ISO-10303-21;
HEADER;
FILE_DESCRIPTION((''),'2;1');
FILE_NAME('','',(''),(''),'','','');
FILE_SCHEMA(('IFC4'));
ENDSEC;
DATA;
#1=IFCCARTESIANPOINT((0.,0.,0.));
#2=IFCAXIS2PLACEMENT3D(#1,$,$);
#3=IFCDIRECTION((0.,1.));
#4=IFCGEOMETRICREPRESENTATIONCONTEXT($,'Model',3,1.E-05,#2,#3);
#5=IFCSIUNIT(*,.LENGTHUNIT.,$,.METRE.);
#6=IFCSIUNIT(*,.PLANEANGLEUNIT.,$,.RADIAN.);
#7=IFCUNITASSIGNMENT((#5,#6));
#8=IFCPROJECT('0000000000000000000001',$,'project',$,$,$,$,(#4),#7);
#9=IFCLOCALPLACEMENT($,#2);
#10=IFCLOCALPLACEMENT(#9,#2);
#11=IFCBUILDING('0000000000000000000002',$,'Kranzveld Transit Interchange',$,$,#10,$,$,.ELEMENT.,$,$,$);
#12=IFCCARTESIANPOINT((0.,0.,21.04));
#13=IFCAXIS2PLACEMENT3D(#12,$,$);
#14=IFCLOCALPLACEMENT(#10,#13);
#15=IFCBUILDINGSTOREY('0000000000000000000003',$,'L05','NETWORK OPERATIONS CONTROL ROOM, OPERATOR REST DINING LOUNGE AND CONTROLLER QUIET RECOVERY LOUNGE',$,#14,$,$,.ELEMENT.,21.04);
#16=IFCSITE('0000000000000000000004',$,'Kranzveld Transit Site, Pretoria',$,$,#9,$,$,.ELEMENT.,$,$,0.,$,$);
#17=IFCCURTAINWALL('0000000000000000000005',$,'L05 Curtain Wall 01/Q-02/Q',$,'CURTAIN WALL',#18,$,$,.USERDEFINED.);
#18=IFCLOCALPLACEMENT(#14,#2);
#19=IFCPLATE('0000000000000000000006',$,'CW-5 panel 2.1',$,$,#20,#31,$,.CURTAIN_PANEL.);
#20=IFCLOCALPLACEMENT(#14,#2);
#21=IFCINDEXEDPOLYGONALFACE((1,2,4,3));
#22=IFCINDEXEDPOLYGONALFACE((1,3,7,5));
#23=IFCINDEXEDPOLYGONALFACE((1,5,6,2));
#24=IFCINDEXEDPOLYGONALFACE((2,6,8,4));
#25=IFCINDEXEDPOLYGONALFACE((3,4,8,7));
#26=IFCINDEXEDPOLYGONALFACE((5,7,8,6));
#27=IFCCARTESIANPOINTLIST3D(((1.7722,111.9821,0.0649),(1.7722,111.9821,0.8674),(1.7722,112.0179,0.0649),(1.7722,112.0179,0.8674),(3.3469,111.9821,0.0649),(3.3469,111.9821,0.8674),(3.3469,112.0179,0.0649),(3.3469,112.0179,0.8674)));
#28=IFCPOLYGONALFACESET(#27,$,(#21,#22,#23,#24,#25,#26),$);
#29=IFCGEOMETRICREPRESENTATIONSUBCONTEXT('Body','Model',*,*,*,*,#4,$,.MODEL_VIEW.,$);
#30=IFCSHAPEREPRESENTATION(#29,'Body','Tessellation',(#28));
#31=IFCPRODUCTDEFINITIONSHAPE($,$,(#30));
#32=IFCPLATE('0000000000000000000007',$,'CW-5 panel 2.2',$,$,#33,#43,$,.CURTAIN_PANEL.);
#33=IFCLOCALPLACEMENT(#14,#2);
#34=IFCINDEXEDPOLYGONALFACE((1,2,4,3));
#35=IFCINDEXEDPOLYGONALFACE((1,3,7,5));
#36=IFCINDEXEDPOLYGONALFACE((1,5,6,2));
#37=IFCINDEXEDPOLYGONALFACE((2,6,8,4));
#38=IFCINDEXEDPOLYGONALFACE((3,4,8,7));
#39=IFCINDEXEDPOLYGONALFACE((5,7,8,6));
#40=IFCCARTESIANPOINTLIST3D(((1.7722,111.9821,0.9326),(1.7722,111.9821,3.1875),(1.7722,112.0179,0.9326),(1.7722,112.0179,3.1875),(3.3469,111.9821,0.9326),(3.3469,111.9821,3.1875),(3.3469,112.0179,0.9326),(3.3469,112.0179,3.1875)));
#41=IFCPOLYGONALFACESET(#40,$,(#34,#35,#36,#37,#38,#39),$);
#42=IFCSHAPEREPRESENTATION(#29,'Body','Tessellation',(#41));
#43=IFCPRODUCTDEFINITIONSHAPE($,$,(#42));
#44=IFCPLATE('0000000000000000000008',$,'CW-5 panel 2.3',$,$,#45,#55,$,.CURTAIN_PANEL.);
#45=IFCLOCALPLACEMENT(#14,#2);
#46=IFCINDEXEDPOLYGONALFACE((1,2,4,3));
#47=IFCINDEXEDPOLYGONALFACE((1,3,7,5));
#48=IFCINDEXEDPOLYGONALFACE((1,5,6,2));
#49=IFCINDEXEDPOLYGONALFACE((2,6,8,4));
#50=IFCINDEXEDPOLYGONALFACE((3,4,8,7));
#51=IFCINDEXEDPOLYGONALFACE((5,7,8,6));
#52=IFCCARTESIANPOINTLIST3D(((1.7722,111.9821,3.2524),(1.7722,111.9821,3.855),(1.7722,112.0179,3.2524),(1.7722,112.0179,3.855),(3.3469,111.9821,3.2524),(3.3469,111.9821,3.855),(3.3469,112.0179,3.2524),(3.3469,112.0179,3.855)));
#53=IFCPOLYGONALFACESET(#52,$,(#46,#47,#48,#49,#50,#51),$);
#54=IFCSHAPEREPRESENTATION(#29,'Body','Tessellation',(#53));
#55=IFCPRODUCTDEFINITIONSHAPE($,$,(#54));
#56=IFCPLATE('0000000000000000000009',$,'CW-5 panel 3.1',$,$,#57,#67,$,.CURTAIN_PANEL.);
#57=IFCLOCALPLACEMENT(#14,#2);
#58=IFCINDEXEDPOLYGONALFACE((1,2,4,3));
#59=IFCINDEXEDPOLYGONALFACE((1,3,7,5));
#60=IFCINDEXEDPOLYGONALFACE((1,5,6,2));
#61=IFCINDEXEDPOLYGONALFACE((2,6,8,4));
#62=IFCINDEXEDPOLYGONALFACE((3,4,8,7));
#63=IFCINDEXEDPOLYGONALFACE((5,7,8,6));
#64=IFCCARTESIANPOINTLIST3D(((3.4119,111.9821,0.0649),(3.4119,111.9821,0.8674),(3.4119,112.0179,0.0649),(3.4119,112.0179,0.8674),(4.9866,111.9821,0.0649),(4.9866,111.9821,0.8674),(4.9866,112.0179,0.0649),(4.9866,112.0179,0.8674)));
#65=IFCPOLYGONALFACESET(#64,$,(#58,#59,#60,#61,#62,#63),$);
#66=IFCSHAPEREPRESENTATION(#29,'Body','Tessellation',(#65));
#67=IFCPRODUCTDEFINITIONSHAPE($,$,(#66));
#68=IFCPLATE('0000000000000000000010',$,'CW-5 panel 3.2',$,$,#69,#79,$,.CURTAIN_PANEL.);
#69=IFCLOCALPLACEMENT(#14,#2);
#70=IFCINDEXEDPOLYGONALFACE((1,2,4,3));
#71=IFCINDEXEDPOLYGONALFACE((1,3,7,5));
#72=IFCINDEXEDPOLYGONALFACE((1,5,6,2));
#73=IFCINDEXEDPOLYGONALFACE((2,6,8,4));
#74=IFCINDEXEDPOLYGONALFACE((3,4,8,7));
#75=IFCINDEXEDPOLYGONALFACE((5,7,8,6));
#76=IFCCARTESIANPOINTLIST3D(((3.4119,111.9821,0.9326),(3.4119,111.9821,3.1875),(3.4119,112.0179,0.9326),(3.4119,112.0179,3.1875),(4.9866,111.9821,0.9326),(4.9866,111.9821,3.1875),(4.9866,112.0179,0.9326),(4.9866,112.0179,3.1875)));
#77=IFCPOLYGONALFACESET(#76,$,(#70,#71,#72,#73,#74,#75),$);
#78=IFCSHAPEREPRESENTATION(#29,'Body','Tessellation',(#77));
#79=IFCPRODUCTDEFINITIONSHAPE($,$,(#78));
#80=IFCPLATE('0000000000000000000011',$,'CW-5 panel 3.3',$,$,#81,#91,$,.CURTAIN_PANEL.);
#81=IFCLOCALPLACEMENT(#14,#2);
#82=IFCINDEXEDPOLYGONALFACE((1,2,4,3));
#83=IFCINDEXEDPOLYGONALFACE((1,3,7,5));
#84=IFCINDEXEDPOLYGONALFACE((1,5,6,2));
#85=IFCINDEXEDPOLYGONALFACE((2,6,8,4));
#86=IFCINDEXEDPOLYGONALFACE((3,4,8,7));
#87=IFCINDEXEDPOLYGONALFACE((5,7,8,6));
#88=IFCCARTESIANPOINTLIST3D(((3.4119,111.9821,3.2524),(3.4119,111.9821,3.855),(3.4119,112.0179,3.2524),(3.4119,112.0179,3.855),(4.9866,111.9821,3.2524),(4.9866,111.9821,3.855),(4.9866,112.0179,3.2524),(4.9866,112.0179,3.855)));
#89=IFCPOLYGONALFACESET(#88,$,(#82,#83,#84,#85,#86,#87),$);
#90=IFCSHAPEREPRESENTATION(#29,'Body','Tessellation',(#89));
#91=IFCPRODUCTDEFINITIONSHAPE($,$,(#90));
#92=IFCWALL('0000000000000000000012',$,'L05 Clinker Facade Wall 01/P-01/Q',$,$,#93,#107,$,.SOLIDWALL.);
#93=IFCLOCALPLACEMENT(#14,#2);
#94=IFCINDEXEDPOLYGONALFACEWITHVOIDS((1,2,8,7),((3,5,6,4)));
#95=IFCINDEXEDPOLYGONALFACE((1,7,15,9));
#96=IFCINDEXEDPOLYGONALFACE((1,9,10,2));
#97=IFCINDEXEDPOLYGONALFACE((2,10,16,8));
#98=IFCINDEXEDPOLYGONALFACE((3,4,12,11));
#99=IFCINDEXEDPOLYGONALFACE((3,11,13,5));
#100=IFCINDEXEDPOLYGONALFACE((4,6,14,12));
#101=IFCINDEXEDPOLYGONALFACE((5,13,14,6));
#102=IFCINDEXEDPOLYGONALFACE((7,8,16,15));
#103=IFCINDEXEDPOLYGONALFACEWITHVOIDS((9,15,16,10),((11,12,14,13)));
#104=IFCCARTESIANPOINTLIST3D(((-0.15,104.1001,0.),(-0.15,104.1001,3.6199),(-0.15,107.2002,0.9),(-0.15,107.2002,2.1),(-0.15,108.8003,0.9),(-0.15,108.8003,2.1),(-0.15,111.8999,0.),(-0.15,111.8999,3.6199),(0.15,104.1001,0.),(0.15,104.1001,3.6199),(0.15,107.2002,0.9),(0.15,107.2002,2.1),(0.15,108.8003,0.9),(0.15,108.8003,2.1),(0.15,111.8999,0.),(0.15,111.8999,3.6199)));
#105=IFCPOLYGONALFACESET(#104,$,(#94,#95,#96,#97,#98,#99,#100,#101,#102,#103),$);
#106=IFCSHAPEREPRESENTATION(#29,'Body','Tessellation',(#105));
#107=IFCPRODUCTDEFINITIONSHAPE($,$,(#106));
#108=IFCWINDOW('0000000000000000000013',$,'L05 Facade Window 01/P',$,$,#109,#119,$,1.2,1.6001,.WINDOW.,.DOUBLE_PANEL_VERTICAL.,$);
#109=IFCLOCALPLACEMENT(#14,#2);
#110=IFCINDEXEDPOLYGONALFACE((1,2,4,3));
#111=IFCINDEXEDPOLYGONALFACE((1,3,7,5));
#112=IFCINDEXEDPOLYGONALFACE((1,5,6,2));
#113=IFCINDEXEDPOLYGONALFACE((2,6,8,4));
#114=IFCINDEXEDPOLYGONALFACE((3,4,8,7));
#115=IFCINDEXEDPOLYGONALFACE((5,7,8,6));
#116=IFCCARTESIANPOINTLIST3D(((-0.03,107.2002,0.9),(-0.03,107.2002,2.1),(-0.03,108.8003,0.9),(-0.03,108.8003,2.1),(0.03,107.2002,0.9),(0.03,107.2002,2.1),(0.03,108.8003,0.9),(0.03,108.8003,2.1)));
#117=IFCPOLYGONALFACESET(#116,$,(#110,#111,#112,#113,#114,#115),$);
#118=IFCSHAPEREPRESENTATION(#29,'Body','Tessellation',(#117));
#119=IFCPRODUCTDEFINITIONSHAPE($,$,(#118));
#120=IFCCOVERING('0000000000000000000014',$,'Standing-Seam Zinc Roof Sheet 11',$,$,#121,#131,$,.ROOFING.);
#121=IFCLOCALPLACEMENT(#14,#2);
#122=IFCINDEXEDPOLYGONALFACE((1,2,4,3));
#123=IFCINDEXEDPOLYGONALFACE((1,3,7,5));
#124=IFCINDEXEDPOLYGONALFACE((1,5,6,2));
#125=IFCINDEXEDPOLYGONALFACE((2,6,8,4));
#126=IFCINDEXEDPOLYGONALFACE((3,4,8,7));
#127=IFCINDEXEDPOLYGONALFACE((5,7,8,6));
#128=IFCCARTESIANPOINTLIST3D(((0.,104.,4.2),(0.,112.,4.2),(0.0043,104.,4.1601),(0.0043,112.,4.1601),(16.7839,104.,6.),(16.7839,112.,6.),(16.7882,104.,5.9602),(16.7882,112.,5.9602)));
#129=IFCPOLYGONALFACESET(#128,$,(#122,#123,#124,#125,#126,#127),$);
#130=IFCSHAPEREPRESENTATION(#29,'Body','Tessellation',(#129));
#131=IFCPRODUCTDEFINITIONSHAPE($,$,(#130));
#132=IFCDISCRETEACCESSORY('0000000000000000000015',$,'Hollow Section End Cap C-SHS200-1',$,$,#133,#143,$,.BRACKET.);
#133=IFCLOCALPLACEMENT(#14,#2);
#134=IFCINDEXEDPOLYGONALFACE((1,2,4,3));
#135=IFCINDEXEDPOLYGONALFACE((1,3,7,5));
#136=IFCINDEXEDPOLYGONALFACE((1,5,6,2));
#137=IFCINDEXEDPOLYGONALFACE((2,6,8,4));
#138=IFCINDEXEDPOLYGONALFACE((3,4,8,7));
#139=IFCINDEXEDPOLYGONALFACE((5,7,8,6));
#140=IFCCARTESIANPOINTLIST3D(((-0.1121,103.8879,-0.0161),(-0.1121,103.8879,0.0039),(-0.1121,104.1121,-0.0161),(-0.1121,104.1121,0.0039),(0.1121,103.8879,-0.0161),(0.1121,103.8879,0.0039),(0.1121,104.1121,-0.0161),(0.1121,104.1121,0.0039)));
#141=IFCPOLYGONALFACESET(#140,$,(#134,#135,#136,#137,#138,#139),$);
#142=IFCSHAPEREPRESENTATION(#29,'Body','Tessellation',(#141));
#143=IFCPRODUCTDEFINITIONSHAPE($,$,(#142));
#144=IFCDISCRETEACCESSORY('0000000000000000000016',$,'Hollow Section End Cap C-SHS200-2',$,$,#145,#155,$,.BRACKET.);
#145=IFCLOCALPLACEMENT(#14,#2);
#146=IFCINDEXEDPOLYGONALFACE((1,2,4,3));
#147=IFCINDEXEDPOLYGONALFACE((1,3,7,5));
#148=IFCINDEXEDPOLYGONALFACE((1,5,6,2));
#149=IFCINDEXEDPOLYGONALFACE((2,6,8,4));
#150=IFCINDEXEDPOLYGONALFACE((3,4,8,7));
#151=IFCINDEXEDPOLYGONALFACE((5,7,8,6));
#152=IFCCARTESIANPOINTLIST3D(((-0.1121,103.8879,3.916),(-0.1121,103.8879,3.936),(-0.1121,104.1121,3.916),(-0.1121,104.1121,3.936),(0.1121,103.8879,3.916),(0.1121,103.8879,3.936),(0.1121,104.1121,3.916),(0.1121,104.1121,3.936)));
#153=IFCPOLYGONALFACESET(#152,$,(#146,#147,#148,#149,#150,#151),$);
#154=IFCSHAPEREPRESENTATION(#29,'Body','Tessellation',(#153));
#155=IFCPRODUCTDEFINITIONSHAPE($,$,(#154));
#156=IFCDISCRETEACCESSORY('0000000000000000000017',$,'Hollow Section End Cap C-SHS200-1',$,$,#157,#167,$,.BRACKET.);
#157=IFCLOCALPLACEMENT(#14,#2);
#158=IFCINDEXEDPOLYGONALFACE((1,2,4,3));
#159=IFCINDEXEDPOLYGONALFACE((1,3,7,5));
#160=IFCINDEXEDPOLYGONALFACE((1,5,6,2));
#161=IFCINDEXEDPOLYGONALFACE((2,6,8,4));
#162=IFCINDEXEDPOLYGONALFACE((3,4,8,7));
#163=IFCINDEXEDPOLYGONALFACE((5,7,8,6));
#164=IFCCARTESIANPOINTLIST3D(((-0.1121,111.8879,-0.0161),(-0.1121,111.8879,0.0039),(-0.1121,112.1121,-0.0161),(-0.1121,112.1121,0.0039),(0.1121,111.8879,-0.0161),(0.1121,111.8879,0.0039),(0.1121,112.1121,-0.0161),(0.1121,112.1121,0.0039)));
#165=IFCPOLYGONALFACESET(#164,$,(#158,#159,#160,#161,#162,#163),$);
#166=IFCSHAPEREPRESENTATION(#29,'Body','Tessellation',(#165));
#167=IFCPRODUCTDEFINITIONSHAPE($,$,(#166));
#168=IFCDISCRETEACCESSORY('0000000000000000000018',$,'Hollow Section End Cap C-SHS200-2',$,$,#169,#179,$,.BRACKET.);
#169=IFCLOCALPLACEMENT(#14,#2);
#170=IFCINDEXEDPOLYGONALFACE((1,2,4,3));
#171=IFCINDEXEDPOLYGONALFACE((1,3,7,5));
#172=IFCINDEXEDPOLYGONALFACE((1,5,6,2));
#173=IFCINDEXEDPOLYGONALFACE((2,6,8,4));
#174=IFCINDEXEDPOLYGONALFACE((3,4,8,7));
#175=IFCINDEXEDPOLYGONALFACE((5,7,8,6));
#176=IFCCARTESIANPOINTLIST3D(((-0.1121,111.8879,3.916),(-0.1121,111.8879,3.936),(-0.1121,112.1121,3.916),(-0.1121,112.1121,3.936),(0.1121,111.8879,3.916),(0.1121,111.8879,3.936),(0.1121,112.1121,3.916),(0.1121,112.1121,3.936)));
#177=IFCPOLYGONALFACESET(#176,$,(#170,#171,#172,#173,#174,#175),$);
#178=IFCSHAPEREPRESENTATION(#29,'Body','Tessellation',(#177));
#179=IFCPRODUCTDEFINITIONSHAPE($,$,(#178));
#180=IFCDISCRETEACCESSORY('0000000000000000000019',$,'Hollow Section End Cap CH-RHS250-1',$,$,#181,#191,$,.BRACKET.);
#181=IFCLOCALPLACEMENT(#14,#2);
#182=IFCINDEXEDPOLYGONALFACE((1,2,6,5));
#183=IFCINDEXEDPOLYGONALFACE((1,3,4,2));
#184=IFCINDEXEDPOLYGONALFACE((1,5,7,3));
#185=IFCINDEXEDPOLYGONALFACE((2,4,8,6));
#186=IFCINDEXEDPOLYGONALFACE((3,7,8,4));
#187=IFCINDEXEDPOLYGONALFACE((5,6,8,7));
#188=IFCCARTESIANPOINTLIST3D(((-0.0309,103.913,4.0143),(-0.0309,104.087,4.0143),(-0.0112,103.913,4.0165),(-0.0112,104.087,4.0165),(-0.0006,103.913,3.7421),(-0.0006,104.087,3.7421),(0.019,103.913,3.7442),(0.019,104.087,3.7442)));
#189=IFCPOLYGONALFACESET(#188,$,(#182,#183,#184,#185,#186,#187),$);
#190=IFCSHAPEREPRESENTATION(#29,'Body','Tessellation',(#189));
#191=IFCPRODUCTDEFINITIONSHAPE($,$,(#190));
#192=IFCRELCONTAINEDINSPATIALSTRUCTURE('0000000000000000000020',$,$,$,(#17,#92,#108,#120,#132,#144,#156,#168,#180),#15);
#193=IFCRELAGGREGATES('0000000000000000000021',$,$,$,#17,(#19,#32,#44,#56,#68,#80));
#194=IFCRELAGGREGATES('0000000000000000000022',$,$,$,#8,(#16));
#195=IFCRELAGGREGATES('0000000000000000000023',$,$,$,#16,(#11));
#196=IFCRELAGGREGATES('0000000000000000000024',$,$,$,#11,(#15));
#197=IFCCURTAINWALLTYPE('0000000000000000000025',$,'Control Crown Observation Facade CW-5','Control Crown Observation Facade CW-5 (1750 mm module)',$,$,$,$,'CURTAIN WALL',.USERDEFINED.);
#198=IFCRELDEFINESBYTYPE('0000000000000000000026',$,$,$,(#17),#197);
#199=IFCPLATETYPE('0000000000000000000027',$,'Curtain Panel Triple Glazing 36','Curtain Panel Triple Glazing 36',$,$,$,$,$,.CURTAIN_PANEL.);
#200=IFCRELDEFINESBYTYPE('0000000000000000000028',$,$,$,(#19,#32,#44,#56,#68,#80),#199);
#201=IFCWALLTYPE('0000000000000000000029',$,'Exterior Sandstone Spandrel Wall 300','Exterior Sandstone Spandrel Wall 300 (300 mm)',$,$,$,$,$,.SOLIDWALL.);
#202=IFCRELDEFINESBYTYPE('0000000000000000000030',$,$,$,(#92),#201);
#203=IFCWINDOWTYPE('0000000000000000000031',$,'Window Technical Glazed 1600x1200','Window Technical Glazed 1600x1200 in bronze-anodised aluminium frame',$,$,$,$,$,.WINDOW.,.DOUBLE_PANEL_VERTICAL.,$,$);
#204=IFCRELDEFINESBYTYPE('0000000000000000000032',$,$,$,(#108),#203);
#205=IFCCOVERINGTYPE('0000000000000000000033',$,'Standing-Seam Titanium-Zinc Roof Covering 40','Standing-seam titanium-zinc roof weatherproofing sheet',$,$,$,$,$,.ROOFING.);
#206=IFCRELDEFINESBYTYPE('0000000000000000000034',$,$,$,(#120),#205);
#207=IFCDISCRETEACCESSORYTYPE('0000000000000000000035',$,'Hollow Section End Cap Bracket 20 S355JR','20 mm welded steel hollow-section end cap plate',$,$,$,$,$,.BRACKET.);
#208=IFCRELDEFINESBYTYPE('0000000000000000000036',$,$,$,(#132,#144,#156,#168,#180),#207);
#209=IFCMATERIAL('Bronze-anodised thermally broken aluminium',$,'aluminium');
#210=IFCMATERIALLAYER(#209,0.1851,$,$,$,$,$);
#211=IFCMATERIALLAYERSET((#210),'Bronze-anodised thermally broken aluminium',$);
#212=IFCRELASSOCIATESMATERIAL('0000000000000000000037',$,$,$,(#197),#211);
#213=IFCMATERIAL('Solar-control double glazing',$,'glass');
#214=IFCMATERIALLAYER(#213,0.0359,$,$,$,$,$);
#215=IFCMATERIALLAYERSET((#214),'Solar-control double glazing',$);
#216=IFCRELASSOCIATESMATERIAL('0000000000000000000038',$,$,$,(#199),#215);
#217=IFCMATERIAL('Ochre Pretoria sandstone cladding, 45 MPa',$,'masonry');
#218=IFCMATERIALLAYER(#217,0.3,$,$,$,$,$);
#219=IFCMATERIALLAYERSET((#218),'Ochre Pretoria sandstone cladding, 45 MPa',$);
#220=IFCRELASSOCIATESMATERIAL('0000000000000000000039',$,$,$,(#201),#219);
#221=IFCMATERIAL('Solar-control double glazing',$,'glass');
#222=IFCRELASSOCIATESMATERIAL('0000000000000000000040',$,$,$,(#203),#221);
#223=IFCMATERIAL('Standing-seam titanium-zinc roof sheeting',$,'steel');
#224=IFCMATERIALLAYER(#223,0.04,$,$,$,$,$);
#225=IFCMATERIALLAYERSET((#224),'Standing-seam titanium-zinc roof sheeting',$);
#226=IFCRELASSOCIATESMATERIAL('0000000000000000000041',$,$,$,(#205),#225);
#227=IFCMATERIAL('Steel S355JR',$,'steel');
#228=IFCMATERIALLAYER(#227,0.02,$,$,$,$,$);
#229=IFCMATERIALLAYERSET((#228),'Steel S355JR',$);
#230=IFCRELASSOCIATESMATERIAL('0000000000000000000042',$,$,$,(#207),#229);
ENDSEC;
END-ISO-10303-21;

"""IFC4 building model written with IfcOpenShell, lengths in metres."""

from ifc_helpers import new_model, si_unit, direction, frame, frame_2d, origin, origin_2d, place, context, subcontext, project, spatial, polyline, rectangle, outline, extrude, material, layer, layer_set, type_object, element, fill, aggregate, save


model = new_model("IFC4")

# Units and contexts
model_context = context("Model", 3, precision=1e-05, world=origin(), true_north=direction((0.0, 1.0)))
body_context = subcontext(model_context, "Body", "Model", "MODEL_VIEW")
ifc_project = project(units=[si_unit("LENGTHUNIT", "METRE"), si_unit("PLANEANGLEUNIT", "RADIAN")], contexts=[model_context])

# Site, building, storey
site_placement = place(None, origin())
site = spatial("IfcSite", under=ifc_project, at=site_placement, Name="Kranzveld Transit Site, Pretoria", CompositionType="ELEMENT", RefElevation=0.0)
building_placement = place(site_placement, origin())
building = spatial("IfcBuilding", under=site, at=building_placement, Name="Kranzveld Transit Interchange", CompositionType="ELEMENT")
storey_placement = place(building_placement, frame((0.0, 0.0, 21.04)))
storey = spatial("IfcBuildingStorey", under=building, at=storey_placement, Name="L05", Description="NETWORK OPERATIONS CONTROL ROOM, OPERATOR REST DINING LOUNGE AND CONTROLLER QUIET RECOVERY LOUNGE", CompositionType="ELEMENT", Elevation=21.04)

# Curtain wall
ifc_material_1 = material(Name="Bronze-anodised thermally broken aluminium", Category="aluminium")
ifc_layer_1 = layer(ifc_material_1, 0.1851)
ifc_layer_set_1 = layer_set([ifc_layer_1], Name="Bronze-anodised thermally broken aluminium")
curtain_wall_type = type_object("IfcCurtainWallType", Name="Control Crown Observation Facade CW-5", Description="Control Crown Observation Facade CW-5 (1750 mm module)", ElementType="CURTAIN WALL", PredefinedType="USERDEFINED", material=ifc_layer_set_1)
curtain_wall_placement = place(storey_placement, origin())
curtain_wall = element("IfcCurtainWall", 1, at=curtain_wall_placement, inside=storey, type_object=curtain_wall_type, Name="L05 Curtain Wall 01/Q-02/Q", ObjectType="CURTAIN WALL", PredefinedType="USERDEFINED")

# Plates
ifc_material_2 = material(Name="Solar-control double glazing", Category="glass")
ifc_layer_2 = layer(ifc_material_2, 0.0359)
ifc_layer_set_2 = layer_set([ifc_layer_2], Name="Solar-control double glazing")
plate_type = type_object("IfcPlateType", Name="Curtain Panel Triple Glazing 36", Description="Curtain Panel Triple Glazing 36", PredefinedType="CURTAIN_PANEL", material=ifc_layer_set_2)
plate_1_placement = place(storey_placement, frame((2.5596, 112.0, 0.0649), z_axis=(0.0, 0.0, 1.0), x_axis=(1.0, 0.0, 0.0)))
plate_1 = element("IfcPlate", 2, at=plate_1_placement, type_object=plate_type, Name="CW-5 panel 2.1", PredefinedType="CURTAIN_PANEL", context=body_context, shape_type="SweptSolid", body=[
    extrude(rectangle(XDim=1.5747, YDim=0.0359, at=origin_2d()), origin(), (0.0, 0.0, 1.0), 0.8025),
])
plate_2_placement = place(storey_placement, frame((2.5596, 112.0, 0.9326), z_axis=(0.0, 0.0, 1.0), x_axis=(1.0, 0.0, 0.0)))
plate_2 = element("IfcPlate", 3, at=plate_2_placement, type_object=plate_type, Name="CW-5 panel 2.2", PredefinedType="CURTAIN_PANEL", context=body_context, shape_type="SweptSolid", body=[
    extrude(rectangle(XDim=1.5747, YDim=0.0359, at=origin_2d()), origin(), (0.0, 0.0, 1.0), 2.2549),
])
plate_3_placement = place(storey_placement, frame((2.5596, 112.0, 3.2524), z_axis=(0.0, 0.0, 1.0), x_axis=(1.0, 0.0, 0.0)))
plate_3 = element("IfcPlate", 4, at=plate_3_placement, type_object=plate_type, Name="CW-5 panel 2.3", PredefinedType="CURTAIN_PANEL", context=body_context, shape_type="SweptSolid", body=[
    extrude(rectangle(XDim=1.5747, YDim=0.0359, at=origin_2d()), origin(), (0.0, 0.0, 1.0), 0.6025),
])
plate_4_placement = place(storey_placement, frame((4.1992, 112.0, 0.0649), z_axis=(0.0, 0.0, 1.0), x_axis=(1.0, 0.0, 0.0)))
plate_4 = element("IfcPlate", 5, at=plate_4_placement, type_object=plate_type, Name="CW-5 panel 3.1", PredefinedType="CURTAIN_PANEL", context=body_context, shape_type="SweptSolid", body=[
    extrude(rectangle(XDim=1.5747, YDim=0.0359, at=origin_2d()), origin(), (0.0, 0.0, 1.0), 0.8025),
])
plate_5_placement = place(storey_placement, frame((4.1992, 112.0, 0.9326), z_axis=(0.0, 0.0, 1.0), x_axis=(1.0, 0.0, 0.0)))
plate_5 = element("IfcPlate", 6, at=plate_5_placement, type_object=plate_type, Name="CW-5 panel 3.2", PredefinedType="CURTAIN_PANEL", context=body_context, shape_type="SweptSolid", body=[
    extrude(rectangle(XDim=1.5747, YDim=0.0359, at=origin_2d()), origin(), (0.0, 0.0, 1.0), 2.2549),
])
plate_6_placement = place(storey_placement, frame((4.1992, 112.0, 3.2524), z_axis=(0.0, 0.0, 1.0), x_axis=(1.0, 0.0, 0.0)))
plate_6 = element("IfcPlate", 7, at=plate_6_placement, type_object=plate_type, Name="CW-5 panel 3.3", PredefinedType="CURTAIN_PANEL", context=body_context, shape_type="SweptSolid", body=[
    extrude(rectangle(XDim=1.5747, YDim=0.0359, at=origin_2d()), origin(), (0.0, 0.0, 1.0), 0.6025),
])
aggregate(curtain_wall, [plate_1, plate_2, plate_3, plate_4, plate_5, plate_6])

# Wall, opening, window
ifc_material_3 = material(Name="Ochre Pretoria sandstone cladding, 45 MPa", Category="masonry")
ifc_layer_3 = layer(ifc_material_3, 0.3)
ifc_layer_set_3 = layer_set([ifc_layer_3], Name="Ochre Pretoria sandstone cladding, 45 MPa")
wall_type = type_object("IfcWallType", Name="Exterior Sandstone Spandrel Wall 300", Description="Exterior Sandstone Spandrel Wall 300 (300 mm)", PredefinedType="SOLIDWALL", material=ifc_layer_set_3)
wall_placement = place(storey_placement, frame((0.0, 104.1001, 0.0), z_axis=(0.0, 0.0, 1.0), x_axis=(0.0, 1.0, 0.0)))
wall = element("IfcWall", 8, at=wall_placement, inside=storey, type_object=wall_type, Name="L05 Clinker Facade Wall 01/P-01/Q", PredefinedType="SOLIDWALL", context=body_context, shape_type="SweptSolid", body=[
    extrude(rectangle(XDim=7.7998, YDim=0.3, at=frame_2d((3.8999, 0.0))), origin(), (0.0, 0.0, 1.0), 3.6199),
])
opening_placement = place(wall_placement, frame((3.1001, 0.0, 0.8999), z_axis=(0.0, 0.0, 1.0), x_axis=(1.0, 0.0, 0.0)))
opening = element("IfcOpeningElement", 9, at=opening_placement, cuts=wall, PredefinedType="OPENING", context=body_context, shape_type="SweptSolid", body=[
    extrude(rectangle(XDim=1.6001, YDim=1.2, at=frame_2d((0.8, 0.6001))), frame((0.0, 0.1599, 0.0), z_axis=(0.0, -1.0, 0.0), x_axis=(1.0, 0.0, 0.0)), (0.0, 0.0, 1.0), 0.3201),
])
ifc_material_4 = material(Name="Solar-control double glazing", Category="glass")
window_type = type_object("IfcWindowType", Name="Window Technical Glazed 1600x1200", Description="Window Technical Glazed 1600x1200 in bronze-anodised aluminium frame", PartitioningType="DOUBLE_PANEL_VERTICAL", PredefinedType="WINDOW", material=ifc_material_4)
window_placement = place(opening_placement, origin())
window = element("IfcWindow", 10, at=window_placement, inside=storey, type_object=window_type, Name="L05 Facade Window 01/P", OverallHeight=1.2, OverallWidth=1.6001, PartitioningType="DOUBLE_PANEL_VERTICAL", PredefinedType="WINDOW", context=body_context, shape_type="SweptSolid", body=[
    extrude(rectangle(XDim=1.6001, YDim=1.2, at=frame_2d((0.8, 0.6001))), frame((0.0, 0.03, 0.0), z_axis=(0.0, -1.0, 0.0), x_axis=(1.0, 0.0, 0.0)), (0.0, 0.0, 1.0), 0.0601),
])
fill(opening, window)

# Covering
ifc_material_5 = material(Name="Standing-seam titanium-zinc roof sheeting", Category="steel")
ifc_layer_4 = layer(ifc_material_5, 0.04)
ifc_layer_set_4 = layer_set([ifc_layer_4], Name="Standing-seam titanium-zinc roof sheeting")
covering_type = type_object("IfcCoveringType", Name="Standing-Seam Titanium-Zinc Roof Covering 40", Description="Standing-seam titanium-zinc roof weatherproofing sheet", PredefinedType="ROOFING", material=ifc_layer_set_4)
covering_placement = place(storey_placement, frame((0.0, 104.0, 4.2), z_axis=(-0.106637, 0.0, 0.994298), x_axis=(0.994298, 0.0, 0.106637)))
element("IfcCovering", 11, at=covering_placement, inside=storey, type_object=covering_type, Name="Standing-Seam Zinc Roof Sheet 11", PredefinedType="ROOFING", context=body_context, shape_type="SweptSolid", body=[
    extrude(outline(polyline([(0.0, 0.0), (16.8802, 0.0), (16.8802, 8.0), (0.0, 8.0), (0.0, 0.0)])), origin(), (0.0, 0.0, -1.0), 0.04),
])

# Discrete accessories
ifc_material_6 = material(Name="Steel S355JR", Category="steel")
ifc_layer_5 = layer(ifc_material_6, 0.02)
ifc_layer_set_5 = layer_set([ifc_layer_5], Name="Steel S355JR")
discrete_accessory_type = type_object("IfcDiscreteAccessoryType", Name="Hollow Section End Cap Bracket 20 S355JR", Description="20 mm welded steel hollow-section end cap plate", PredefinedType="BRACKET", material=ifc_layer_set_5)
for number, where, z_axis, x_axis, name in (
    (12, (0.0, 104.0, 0.0039), (0.0, 0.0, -1.0), (1.0, 0.0, 0.0), "Hollow Section End Cap C-SHS200-1"),
    (13, (0.0, 104.0, 3.916), (0.0, 0.0, 1.0), (1.0, 0.0, 0.0), "Hollow Section End Cap C-SHS200-2"),
    (14, (0.0, 112.0, 0.0039), (0.0, 0.0, -1.0), (1.0, 0.0, 0.0), "Hollow Section End Cap C-SHS200-1"),
    (15, (0.0, 112.0, 3.916), (0.0, 0.0, 1.0), (1.0, 0.0, 0.0), "Hollow Section End Cap C-SHS200-2"),
):
    element("IfcDiscreteAccessory", number, at=place(storey_placement, frame(where, z_axis=z_axis, x_axis=x_axis)), inside=storey, type_object=discrete_accessory_type, Name=name, PredefinedType="BRACKET", context=body_context, shape_type="SweptSolid", body=[
        extrude(rectangle(XDim=0.2241, YDim=0.2241, at=origin_2d()), origin(), (0.0, 0.0, 1.0), 0.02),
    ])
for number, where, z_axis, x_axis, name in (
    (16, (0.0039, 104.0, 3.8804), (-0.993884, 0.0, -0.110432), (0.0, -1.0, 0.0), "Hollow Section End Cap CH-RHS250-1"),
):
    element("IfcDiscreteAccessory", number, at=place(storey_placement, frame(where, z_axis=z_axis, x_axis=x_axis)), inside=storey, type_object=discrete_accessory_type, Name=name, PredefinedType="BRACKET", context=body_context, shape_type="SweptSolid", body=[
        extrude(rectangle(XDim=0.1741, YDim=0.2739, at=origin_2d()), origin(), (0.0, 0.0, 1.0), 0.0198),
    ])

save(model, "model.ifc")
